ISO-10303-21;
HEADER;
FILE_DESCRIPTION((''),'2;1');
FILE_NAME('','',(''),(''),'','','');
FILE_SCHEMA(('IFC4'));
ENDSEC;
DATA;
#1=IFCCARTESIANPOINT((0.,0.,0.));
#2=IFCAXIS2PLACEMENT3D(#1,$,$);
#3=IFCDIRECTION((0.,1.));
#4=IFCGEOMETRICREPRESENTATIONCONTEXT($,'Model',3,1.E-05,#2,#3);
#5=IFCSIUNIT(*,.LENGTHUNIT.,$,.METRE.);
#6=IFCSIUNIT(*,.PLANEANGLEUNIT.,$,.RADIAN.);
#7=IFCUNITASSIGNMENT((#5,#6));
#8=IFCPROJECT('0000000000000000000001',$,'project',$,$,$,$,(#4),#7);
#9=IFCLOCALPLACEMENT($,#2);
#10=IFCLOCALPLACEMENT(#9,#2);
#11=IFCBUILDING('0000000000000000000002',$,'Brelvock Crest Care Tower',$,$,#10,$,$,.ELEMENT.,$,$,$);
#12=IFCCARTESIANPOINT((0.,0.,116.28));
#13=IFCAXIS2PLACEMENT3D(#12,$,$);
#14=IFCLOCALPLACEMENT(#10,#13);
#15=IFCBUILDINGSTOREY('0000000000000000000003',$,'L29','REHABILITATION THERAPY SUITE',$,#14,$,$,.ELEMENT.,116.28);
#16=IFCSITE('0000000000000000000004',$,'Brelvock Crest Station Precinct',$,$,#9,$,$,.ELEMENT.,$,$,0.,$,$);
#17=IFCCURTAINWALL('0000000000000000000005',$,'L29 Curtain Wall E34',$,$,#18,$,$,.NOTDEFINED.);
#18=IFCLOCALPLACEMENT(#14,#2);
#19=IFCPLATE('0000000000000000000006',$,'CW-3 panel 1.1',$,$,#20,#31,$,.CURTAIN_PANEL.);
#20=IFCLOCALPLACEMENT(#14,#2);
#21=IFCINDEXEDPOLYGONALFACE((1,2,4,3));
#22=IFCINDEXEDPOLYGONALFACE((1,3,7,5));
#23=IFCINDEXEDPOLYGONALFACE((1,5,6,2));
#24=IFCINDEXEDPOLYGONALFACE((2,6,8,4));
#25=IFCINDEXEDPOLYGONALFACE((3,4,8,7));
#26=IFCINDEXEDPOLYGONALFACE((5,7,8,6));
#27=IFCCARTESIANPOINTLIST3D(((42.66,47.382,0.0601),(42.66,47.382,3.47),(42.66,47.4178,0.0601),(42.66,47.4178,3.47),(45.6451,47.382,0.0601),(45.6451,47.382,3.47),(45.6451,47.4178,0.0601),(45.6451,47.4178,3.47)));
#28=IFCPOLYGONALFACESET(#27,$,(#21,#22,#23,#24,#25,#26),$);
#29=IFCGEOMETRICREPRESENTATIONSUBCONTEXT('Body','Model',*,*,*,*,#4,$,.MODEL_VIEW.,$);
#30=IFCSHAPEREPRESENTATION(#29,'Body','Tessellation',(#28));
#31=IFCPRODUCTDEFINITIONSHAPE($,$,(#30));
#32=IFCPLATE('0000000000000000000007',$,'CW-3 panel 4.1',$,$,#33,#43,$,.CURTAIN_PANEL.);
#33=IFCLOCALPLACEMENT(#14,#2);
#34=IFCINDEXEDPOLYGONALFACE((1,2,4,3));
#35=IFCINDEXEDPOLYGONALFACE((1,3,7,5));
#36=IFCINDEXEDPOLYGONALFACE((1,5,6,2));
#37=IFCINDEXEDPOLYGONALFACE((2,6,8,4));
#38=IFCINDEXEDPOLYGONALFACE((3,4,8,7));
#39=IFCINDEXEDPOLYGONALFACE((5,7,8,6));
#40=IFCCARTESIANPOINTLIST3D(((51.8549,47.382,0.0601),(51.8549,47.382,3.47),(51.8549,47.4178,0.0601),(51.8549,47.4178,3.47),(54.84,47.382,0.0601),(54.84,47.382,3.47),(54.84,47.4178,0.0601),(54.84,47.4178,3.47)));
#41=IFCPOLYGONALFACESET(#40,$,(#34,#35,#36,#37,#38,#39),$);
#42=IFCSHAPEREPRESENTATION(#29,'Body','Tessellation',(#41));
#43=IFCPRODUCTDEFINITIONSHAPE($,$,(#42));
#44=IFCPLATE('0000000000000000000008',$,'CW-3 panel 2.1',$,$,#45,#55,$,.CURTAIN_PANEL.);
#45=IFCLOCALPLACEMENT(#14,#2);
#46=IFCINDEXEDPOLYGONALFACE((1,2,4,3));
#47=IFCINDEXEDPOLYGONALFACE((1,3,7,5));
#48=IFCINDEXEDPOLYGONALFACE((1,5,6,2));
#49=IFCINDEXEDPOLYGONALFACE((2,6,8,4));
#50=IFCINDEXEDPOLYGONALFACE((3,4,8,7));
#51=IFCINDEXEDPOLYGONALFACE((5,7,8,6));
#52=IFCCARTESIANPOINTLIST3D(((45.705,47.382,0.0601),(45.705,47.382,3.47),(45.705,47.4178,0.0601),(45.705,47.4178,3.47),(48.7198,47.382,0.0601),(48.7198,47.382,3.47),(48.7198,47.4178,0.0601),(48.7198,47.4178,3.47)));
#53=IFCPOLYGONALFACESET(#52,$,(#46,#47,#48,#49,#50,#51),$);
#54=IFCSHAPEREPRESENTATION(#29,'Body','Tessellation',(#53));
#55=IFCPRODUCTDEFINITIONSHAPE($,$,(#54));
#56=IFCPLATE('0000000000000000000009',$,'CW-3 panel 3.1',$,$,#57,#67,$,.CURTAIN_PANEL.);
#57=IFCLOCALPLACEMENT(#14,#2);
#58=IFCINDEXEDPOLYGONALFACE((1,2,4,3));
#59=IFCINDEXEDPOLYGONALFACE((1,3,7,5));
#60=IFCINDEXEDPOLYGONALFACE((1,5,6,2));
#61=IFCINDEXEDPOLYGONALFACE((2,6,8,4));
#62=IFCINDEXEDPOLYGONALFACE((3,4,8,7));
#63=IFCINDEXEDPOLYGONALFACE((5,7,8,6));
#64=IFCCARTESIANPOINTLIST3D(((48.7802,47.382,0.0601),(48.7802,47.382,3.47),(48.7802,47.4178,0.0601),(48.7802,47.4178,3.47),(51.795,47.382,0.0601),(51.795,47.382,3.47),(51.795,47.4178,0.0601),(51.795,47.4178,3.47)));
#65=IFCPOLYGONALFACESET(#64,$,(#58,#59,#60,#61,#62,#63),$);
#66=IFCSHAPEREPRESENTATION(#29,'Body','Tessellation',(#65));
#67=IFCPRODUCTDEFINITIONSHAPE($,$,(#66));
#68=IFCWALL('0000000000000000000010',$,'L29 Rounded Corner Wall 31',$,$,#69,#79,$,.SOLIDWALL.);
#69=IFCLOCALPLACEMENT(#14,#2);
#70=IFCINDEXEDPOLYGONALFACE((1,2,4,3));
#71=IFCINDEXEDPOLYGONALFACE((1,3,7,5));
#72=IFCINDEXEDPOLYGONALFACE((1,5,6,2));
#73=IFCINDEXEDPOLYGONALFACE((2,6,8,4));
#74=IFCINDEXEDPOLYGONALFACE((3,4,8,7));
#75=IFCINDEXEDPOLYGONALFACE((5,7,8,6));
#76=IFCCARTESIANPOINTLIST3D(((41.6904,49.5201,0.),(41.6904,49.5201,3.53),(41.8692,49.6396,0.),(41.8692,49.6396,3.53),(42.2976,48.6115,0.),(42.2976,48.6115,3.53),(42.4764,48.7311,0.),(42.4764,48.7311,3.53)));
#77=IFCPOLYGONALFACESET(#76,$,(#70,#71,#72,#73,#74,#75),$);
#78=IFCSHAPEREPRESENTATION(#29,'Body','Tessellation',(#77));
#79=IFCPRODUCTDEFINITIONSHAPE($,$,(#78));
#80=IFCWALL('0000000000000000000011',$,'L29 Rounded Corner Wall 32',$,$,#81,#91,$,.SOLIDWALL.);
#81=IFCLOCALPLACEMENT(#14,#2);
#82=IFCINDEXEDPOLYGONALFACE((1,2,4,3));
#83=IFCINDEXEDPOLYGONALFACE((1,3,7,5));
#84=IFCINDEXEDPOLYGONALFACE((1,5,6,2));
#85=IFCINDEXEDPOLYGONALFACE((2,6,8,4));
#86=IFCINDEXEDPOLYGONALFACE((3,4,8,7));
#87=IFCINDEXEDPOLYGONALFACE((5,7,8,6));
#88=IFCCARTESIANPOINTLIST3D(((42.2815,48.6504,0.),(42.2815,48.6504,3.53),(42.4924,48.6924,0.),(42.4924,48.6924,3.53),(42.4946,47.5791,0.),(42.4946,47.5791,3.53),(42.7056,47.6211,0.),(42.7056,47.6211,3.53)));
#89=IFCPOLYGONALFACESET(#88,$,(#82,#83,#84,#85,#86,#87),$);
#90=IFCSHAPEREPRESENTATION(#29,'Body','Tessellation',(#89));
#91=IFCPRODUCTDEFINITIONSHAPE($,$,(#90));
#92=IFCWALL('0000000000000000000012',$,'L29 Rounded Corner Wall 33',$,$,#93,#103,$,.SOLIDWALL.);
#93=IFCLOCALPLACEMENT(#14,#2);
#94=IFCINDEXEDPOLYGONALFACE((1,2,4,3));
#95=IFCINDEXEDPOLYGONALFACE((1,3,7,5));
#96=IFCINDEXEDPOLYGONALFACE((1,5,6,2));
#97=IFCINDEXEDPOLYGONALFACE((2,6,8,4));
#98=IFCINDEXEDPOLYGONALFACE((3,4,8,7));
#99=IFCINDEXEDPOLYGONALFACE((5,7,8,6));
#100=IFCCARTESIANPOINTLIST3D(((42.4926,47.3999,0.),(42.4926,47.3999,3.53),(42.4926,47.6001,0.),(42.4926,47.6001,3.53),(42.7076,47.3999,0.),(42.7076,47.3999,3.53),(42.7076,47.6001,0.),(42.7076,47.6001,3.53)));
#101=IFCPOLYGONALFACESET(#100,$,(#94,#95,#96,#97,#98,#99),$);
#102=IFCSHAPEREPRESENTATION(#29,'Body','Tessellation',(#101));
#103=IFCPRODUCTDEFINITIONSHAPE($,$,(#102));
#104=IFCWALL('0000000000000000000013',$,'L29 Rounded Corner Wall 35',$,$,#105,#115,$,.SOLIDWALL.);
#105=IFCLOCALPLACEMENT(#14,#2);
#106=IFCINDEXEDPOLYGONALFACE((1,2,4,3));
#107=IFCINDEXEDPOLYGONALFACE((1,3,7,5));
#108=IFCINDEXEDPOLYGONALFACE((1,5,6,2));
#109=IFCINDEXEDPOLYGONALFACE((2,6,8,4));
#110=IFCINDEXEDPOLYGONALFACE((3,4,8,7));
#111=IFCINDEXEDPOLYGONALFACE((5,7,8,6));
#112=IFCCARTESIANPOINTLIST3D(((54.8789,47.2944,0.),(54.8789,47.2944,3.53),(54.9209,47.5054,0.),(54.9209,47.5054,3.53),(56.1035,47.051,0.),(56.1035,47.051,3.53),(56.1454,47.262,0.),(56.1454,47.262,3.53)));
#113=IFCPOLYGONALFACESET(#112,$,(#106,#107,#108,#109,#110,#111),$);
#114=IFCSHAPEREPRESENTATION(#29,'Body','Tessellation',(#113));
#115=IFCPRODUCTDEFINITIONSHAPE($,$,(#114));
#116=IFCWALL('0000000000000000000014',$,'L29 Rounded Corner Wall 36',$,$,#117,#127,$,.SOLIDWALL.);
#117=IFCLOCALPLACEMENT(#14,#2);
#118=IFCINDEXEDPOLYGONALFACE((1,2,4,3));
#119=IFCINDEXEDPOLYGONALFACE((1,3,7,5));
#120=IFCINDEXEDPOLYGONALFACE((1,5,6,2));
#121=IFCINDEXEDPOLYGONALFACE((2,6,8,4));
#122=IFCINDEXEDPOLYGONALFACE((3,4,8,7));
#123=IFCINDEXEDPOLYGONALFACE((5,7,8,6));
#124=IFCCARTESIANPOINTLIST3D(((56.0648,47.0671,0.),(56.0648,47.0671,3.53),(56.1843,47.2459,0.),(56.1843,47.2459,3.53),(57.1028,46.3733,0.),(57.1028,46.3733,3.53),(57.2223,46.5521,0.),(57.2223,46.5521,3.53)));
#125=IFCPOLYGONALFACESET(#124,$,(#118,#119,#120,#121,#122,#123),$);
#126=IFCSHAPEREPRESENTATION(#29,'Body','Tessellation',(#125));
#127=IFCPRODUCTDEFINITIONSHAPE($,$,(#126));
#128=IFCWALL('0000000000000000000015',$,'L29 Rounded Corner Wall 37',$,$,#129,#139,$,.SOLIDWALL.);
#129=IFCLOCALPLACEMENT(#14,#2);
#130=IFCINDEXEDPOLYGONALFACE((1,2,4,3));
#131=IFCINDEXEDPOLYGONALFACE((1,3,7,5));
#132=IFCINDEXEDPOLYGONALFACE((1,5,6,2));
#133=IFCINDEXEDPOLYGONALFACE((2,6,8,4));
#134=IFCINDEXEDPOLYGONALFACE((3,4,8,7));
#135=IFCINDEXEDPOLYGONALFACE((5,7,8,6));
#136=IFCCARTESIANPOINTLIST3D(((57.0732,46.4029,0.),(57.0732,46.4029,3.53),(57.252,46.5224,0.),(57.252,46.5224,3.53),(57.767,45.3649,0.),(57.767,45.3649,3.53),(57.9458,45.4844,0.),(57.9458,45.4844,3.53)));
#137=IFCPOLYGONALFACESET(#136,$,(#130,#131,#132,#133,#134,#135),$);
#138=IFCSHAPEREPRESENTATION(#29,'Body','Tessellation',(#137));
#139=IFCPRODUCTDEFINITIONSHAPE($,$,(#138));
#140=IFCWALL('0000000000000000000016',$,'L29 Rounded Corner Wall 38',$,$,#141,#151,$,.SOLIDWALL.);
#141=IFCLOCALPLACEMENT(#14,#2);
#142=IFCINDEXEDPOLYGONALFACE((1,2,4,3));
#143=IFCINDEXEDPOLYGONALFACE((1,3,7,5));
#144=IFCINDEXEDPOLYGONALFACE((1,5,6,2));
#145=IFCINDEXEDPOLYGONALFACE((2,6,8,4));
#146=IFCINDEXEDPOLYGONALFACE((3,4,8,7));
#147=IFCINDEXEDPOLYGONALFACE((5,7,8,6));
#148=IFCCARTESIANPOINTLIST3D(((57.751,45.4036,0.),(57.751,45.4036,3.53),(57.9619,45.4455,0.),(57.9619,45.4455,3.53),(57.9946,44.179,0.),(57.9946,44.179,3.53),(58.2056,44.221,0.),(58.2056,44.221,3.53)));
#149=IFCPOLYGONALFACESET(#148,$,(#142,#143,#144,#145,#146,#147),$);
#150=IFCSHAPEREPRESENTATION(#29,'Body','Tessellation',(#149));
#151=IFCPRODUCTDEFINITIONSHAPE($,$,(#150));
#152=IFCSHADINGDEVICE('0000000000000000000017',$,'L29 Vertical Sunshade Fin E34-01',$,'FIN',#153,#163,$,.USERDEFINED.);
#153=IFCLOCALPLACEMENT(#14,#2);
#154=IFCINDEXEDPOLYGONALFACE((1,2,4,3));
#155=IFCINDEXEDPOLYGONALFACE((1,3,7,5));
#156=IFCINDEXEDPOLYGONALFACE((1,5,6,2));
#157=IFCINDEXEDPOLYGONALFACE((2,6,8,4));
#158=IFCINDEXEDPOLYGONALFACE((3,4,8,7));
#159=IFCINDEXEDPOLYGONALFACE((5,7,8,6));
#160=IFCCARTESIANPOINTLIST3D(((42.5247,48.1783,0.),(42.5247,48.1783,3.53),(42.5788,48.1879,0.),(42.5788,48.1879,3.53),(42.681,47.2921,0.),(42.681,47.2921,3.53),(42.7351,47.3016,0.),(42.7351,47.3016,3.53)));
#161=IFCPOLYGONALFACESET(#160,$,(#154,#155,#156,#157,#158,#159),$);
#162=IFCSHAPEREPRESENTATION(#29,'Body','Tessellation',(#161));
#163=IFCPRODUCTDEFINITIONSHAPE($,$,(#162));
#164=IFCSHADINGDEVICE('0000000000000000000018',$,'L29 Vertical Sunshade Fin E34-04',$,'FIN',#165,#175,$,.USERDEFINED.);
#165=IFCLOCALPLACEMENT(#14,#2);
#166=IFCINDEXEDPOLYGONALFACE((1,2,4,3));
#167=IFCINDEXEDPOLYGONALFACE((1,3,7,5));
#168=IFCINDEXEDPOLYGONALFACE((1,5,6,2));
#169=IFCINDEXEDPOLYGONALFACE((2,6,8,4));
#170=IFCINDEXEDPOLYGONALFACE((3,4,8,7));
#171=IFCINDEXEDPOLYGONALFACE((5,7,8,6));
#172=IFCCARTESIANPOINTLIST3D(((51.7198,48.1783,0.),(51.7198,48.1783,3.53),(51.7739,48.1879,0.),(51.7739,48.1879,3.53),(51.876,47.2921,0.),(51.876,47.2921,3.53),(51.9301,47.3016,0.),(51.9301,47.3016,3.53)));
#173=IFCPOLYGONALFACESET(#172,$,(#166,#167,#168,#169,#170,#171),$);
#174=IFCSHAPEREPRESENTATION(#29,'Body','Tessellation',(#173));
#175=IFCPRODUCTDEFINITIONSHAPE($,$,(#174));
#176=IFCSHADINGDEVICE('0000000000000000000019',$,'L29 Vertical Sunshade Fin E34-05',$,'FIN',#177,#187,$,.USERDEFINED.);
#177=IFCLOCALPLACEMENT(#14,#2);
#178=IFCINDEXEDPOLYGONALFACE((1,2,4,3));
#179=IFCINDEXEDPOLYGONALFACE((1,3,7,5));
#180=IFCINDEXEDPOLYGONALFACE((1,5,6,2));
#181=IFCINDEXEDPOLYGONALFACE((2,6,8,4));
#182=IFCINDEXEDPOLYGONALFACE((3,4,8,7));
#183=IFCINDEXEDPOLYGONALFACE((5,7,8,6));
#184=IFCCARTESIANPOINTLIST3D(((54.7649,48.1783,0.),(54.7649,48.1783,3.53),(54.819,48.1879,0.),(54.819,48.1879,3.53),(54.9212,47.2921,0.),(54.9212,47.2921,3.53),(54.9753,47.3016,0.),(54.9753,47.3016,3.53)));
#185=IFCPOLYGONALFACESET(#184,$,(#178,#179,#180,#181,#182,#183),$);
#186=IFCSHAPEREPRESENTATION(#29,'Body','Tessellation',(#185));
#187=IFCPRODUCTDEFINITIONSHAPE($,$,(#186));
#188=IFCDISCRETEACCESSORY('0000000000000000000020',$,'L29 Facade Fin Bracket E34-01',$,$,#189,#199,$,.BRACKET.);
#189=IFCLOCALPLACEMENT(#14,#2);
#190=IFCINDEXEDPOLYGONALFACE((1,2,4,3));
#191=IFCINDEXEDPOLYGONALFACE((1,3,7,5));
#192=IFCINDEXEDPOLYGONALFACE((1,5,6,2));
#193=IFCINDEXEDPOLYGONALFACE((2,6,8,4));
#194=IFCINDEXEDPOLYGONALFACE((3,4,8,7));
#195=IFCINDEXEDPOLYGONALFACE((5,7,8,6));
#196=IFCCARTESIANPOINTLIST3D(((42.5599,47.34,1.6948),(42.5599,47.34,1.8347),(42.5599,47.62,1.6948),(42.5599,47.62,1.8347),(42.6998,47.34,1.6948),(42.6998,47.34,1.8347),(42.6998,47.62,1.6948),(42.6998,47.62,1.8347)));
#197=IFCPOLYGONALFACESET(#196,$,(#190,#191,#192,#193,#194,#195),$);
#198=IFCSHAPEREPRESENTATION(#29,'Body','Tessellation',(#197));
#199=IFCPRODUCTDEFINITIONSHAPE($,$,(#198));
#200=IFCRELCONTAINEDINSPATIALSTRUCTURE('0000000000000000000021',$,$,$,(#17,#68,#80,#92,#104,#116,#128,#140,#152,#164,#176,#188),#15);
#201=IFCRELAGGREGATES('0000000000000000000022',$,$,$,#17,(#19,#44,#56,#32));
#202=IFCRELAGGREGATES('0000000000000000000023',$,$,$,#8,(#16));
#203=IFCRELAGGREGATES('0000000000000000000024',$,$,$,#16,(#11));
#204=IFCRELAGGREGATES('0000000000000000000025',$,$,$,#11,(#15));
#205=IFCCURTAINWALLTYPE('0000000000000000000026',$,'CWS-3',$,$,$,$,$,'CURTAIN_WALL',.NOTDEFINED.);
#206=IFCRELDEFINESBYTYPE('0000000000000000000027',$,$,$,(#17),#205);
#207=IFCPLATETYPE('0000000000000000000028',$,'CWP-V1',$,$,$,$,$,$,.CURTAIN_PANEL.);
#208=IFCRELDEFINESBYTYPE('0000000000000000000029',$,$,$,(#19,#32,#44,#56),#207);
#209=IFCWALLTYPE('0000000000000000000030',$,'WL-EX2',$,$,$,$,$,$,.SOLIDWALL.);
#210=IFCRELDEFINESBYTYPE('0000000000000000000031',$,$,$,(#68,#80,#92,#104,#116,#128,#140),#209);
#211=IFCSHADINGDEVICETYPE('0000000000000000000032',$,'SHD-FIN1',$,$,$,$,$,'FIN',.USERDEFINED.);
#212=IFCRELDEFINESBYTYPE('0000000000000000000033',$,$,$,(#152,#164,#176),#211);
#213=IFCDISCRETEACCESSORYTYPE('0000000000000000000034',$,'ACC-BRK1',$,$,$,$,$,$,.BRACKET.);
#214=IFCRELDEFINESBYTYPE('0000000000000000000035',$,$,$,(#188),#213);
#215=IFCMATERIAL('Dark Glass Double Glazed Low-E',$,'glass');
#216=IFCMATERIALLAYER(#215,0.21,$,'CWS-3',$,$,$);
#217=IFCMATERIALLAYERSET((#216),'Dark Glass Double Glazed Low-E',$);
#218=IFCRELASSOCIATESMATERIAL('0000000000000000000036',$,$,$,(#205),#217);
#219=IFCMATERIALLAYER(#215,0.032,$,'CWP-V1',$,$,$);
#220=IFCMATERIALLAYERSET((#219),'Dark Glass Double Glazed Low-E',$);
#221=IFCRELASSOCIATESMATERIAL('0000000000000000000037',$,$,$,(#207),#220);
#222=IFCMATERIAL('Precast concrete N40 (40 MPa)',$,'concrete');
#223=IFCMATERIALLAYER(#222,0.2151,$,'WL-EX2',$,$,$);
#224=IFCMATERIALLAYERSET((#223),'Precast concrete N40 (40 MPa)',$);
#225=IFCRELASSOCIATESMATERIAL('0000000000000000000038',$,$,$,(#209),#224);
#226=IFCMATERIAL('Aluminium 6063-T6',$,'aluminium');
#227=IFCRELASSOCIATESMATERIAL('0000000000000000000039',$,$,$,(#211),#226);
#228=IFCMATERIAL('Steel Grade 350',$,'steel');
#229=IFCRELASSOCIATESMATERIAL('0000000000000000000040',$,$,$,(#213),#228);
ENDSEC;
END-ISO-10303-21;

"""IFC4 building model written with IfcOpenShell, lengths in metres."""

from ifc_helpers import new_model, si_unit, direction, frame, frame_2d, origin, origin_2d, place, context, subcontext, project, spatial, rectangle, extrude, source, transform, mapped, material, layer, layer_set, material_profile, profile_set, type_object, element, aggregate, save


model = new_model("IFC4")

# Units and contexts
model_context = context("Model", 3, precision=1e-05, world=origin(), true_north=direction((0.0, 1.0)))
body_context = subcontext(model_context, "Body", "Model", "MODEL_VIEW")
ifc_project = project(units=[si_unit("LENGTHUNIT", "METRE"), si_unit("PLANEANGLEUNIT", "RADIAN")], contexts=[model_context])

# Site, building, storey
site_placement = place(None, origin())
site = spatial("IfcSite", under=ifc_project, at=site_placement, Name="Brelvock Crest Station Precinct", CompositionType="ELEMENT", RefElevation=0.0)
building_placement = place(site_placement, origin())
building = spatial("IfcBuilding", under=site, at=building_placement, Name="Brelvock Crest Care Tower", CompositionType="ELEMENT")
storey_placement = place(building_placement, frame((0.0, 0.0, 116.28)))
storey = spatial("IfcBuildingStorey", under=building, at=storey_placement, Name="L29", Description="REHABILITATION THERAPY SUITE", CompositionType="ELEMENT", Elevation=116.28)

# Curtain wall, plates
ifc_material_1 = material(Name="Dark Glass Double Glazed Low-E", Category="glass")
ifc_layer_1 = layer(ifc_material_1, 0.21, Name="CWS-3")
ifc_layer_set_1 = layer_set([ifc_layer_1], Name="Dark Glass Double Glazed Low-E")
curtain_wall_type = type_object("IfcCurtainWallType", Name="CWS-3", ElementType="CURTAIN_WALL", PredefinedType="NOTDEFINED", material=ifc_layer_set_1)
curtain_wall_placement = place(storey_placement, origin())
curtain_wall = element("IfcCurtainWall", 1, at=curtain_wall_placement, inside=storey, type_object=curtain_wall_type, Name="L29 Curtain Wall E34", PredefinedType="NOTDEFINED")
ifc_material_2 = material(Name="Aluminium 6063-T6", Category="aluminium")
ifc_layer_2 = layer(ifc_material_1, 0.032, Name="CWP-V1")
ifc_layer_set_2 = layer_set([ifc_layer_2], Name="Dark Glass Double Glazed Low-E")
plate_type = type_object("IfcPlateType", Name="CWP-V1", PredefinedType="CURTAIN_PANEL", material=ifc_layer_set_2)
shared_shape_1 = source(origin(), body_context, "Body", "SweptSolid", [
    extrude(rectangle(XDim=2.9851, YDim=0.0359, at=origin_2d()), origin(), (0.0, 0.0, 1.0), 3.4099),
])
plate_1_placement = place(storey_placement, frame((44.1526, 47.3999, 0.0601), z_axis=(0.0, 0.0, 1.0), x_axis=(1.0, 0.0, 0.0)))
plate_1 = element("IfcPlate", 2, at=plate_1_placement, type_object=plate_type, Name="CW-3 panel 1.1", PredefinedType="CURTAIN_PANEL", context=body_context, shape_type="MappedRepresentation", body=[
    mapped(shared_shape_1, transform((0.0, 0.0, 0.0), x_axis=(1.0, 0.0, 0.0), y_axis=(0.0, 1.0, 0.0), z_axis=(0.0, 0.0, 1.0), scale=1.0)),
])
plate_2_placement = place(storey_placement, frame((53.3474, 47.3999, 0.0601), z_axis=(0.0, 0.0, 1.0), x_axis=(1.0, 0.0, 0.0)))
plate_2 = element("IfcPlate", 3, at=plate_2_placement, type_object=plate_type, Name="CW-3 panel 4.1", PredefinedType="CURTAIN_PANEL", context=body_context, shape_type="MappedRepresentation", body=[
    mapped(shared_shape_1, transform((0.0, 0.0, 0.0), x_axis=(1.0, 0.0, 0.0), y_axis=(0.0, 1.0, 0.0), z_axis=(0.0, 0.0, 1.0), scale=1.0)),
])
shared_shape_2 = source(origin(), body_context, "Body", "SweptSolid", [
    extrude(rectangle(XDim=3.0149, YDim=0.0359, at=origin_2d()), origin(), (0.0, 0.0, 1.0), 3.4099),
])
plate_3_placement = place(storey_placement, frame((47.2124, 47.3999, 0.0601), z_axis=(0.0, 0.0, 1.0), x_axis=(1.0, 0.0, 0.0)))
plate_3 = element("IfcPlate", 4, at=plate_3_placement, type_object=plate_type, Name="CW-3 panel 2.1", PredefinedType="CURTAIN_PANEL", context=body_context, shape_type="MappedRepresentation", body=[
    mapped(shared_shape_2, transform((0.0, 0.0, 0.0), x_axis=(1.0, 0.0, 0.0), y_axis=(0.0, 1.0, 0.0), z_axis=(0.0, 0.0, 1.0), scale=1.0)),
])
plate_4_placement = place(storey_placement, frame((50.2876, 47.3999, 0.0601), z_axis=(0.0, 0.0, 1.0), x_axis=(1.0, 0.0, 0.0)))
plate_4 = element("IfcPlate", 5, at=plate_4_placement, type_object=plate_type, Name="CW-3 panel 3.1", PredefinedType="CURTAIN_PANEL", context=body_context, shape_type="MappedRepresentation", body=[
    mapped(shared_shape_2, transform((0.0, 0.0, 0.0), x_axis=(1.0, 0.0, 0.0), y_axis=(0.0, 1.0, 0.0), z_axis=(0.0, 0.0, 1.0), scale=1.0)),
])
aggregate(curtain_wall, [plate_1, plate_3, plate_4, plate_2])

# Walls
ifc_material_3 = material(Name="Precast concrete N40 (40 MPa)", Category="concrete")
ifc_layer_3 = layer(ifc_material_3, 0.2151, Name="WL-EX2")
ifc_layer_set_3 = layer_set([ifc_layer_3], Name="Precast concrete N40 (40 MPa)")
wall_type = type_object("IfcWallType", Name="WL-EX2", PredefinedType="SOLIDWALL", material=ifc_layer_set_3)
wall_1_placement = place(storey_placement, frame((41.7798, 49.5798, 0.0), z_axis=(0.0, 0.0, 1.0), x_axis=(0.555679, -0.831397, 0.0)))
element("IfcWall", 6, at=wall_1_placement, inside=storey, type_object=wall_type, Name="L29 Rounded Corner Wall 31", PredefinedType="SOLIDWALL", context=body_context, shape_type="SweptSolid", body=[
    extrude(rectangle(XDim=1.0928, YDim=0.2151, at=frame_2d((0.5464, 0.0))), origin(), (0.0, 0.0, 1.0), 3.53),
])
wall_2_placement = place(storey_placement, frame((42.387, 48.6714, 0.0), z_axis=(0.0, 0.0, 1.0), x_axis=(0.195127, -0.980778, 0.0)))
element("IfcWall", 7, at=wall_2_placement, inside=storey, type_object=wall_type, Name="L29 Rounded Corner Wall 32", PredefinedType="SOLIDWALL", context=body_context, shape_type="SweptSolid", body=[
    extrude(rectangle(XDim=1.0923, YDim=0.2151, at=frame_2d((0.5461, 0.0))), origin(), (0.0, 0.0, 1.0), 3.53),
])
wall_3_placement = place(storey_placement, frame((42.6001, 47.6001, 0.0), z_axis=(0.0, 0.0, 1.0), x_axis=(0.0, -1.0, 0.0)))
element("IfcWall", 8, at=wall_3_placement, inside=storey, type_object=wall_type, Name="L29 Rounded Corner Wall 33", PredefinedType="SOLIDWALL", context=body_context, shape_type="SweptSolid", body=[
    extrude(rectangle(XDim=0.2002, YDim=0.2151, at=frame_2d((0.1001, 0.0))), origin(), (0.0, 0.0, 1.0), 3.53),
])
for number, where, z_axis, x_axis, name in (
    (9, (54.8999, 47.3999, 0.0), (0.0, 0.0, 1.0), (0.980813, -0.19495, 0.0), "L29 Rounded Corner Wall 35"),
    (10, (56.1245, 47.1565, 0.0), (0.0, 0.0, 1.0), (0.831388, -0.555692, 0.0), "L29 Rounded Corner Wall 36"),
    (11, (57.1626, 46.4626, 0.0), (0.0, 0.0, 1.0), (0.555692, -0.831388, 0.0), "L29 Rounded Corner Wall 37"),
    (12, (57.8564, 45.4246, 0.0), (0.0, 0.0, 1.0), (0.195138, -0.980776, 0.0), "L29 Rounded Corner Wall 38"),
):
    element("IfcWall", number, at=place(storey_placement, frame(where, z_axis=z_axis, x_axis=x_axis)), inside=storey, type_object=wall_type, Name=name, PredefinedType="SOLIDWALL", context=body_context, shape_type="SweptSolid", body=[
        extrude(rectangle(XDim=1.2485, YDim=0.2151, at=frame_2d((0.6243, 0.0))), origin(), (0.0, 0.0, 1.0), 3.53),
    ])

# Shading devices
ifc_material_profile_1 = material_profile(ifc_material_2, rectangle(XDim=0.0549, YDim=0.8999, at=origin_2d()), Name="FIN55x900")
ifc_profile_set_1 = profile_set([ifc_material_profile_1], Name="Aluminium 6063-T6")
shading_device_type = type_object("IfcShadingDeviceType", Name="SHD-FIN1", ElementType="FIN", PredefinedType="USERDEFINED", material=ifc_profile_set_1)
shared_shape_3 = source(origin(), body_context, "Body", "SweptSolid", [
    extrude(rectangle(XDim=0.0549, YDim=0.8999, at=origin_2d()), origin(), (0.0, 0.0, 1.0), 3.53),
])
for number, where, z_axis, x_axis, name in (
    (13, (42.6299, 47.74, 0.0), (0.0, 0.0, 1.0), (0.984808, 0.173648, 0.0), "L29 Vertical Sunshade Fin E34-01"),
    (14, (51.825, 47.74, 0.0), (0.0, 0.0, 1.0), (0.984808, 0.173648, 0.0), "L29 Vertical Sunshade Fin E34-04"),
    (15, (54.8701, 47.74, 0.0), (0.0, 0.0, 1.0), (0.984808, 0.173648, 0.0), "L29 Vertical Sunshade Fin E34-05"),
):
    element("IfcShadingDevice", number, at=place(storey_placement, frame(where, z_axis=z_axis, x_axis=x_axis)), inside=storey, type_object=shading_device_type, Name=name, ObjectType="FIN", PredefinedType="USERDEFINED", context=body_context, shape_type="MappedRepresentation", body=[
        mapped(shared_shape_3, transform((0.0, 0.0, 0.0), x_axis=(1.0, 0.0, 0.0), y_axis=(0.0, 1.0, 0.0), z_axis=(0.0, 0.0, 1.0), scale=1.0)),
    ])

# Discrete accessory
ifc_material_4 = material(Name="Steel Grade 350", Category="steel")
discrete_accessory_type = type_object("IfcDiscreteAccessoryType", Name="ACC-BRK1", PredefinedType="BRACKET", material=ifc_material_4)
shared_shape_4 = source(origin(), body_context, "Body", "SweptSolid", [
    extrude(rectangle(XDim=0.28, YDim=0.1399, at=origin_2d()), origin(), (0.0, 0.0, 1.0), 0.1399),
])
for number, where, z_axis, x_axis, name in (
    (16, (42.6299, 47.48, 1.6948), (0.0, 0.0, 1.0), (0.0, 1.0, 0.0), "L29 Facade Fin Bracket E34-01"),
):
    element("IfcDiscreteAccessory", number, at=place(storey_placement, frame(where, z_axis=z_axis, x_axis=x_axis)), inside=storey, type_object=discrete_accessory_type, Name=name, PredefinedType="BRACKET", context=body_context, shape_type="MappedRepresentation", body=[
        mapped(shared_shape_4, transform((0.0, 0.0, 0.0), x_axis=(1.0, 0.0, 0.0), y_axis=(0.0, 1.0, 0.0), z_axis=(0.0, 0.0, 1.0), scale=1.0)),
    ])

save(model, "model.ifc")
